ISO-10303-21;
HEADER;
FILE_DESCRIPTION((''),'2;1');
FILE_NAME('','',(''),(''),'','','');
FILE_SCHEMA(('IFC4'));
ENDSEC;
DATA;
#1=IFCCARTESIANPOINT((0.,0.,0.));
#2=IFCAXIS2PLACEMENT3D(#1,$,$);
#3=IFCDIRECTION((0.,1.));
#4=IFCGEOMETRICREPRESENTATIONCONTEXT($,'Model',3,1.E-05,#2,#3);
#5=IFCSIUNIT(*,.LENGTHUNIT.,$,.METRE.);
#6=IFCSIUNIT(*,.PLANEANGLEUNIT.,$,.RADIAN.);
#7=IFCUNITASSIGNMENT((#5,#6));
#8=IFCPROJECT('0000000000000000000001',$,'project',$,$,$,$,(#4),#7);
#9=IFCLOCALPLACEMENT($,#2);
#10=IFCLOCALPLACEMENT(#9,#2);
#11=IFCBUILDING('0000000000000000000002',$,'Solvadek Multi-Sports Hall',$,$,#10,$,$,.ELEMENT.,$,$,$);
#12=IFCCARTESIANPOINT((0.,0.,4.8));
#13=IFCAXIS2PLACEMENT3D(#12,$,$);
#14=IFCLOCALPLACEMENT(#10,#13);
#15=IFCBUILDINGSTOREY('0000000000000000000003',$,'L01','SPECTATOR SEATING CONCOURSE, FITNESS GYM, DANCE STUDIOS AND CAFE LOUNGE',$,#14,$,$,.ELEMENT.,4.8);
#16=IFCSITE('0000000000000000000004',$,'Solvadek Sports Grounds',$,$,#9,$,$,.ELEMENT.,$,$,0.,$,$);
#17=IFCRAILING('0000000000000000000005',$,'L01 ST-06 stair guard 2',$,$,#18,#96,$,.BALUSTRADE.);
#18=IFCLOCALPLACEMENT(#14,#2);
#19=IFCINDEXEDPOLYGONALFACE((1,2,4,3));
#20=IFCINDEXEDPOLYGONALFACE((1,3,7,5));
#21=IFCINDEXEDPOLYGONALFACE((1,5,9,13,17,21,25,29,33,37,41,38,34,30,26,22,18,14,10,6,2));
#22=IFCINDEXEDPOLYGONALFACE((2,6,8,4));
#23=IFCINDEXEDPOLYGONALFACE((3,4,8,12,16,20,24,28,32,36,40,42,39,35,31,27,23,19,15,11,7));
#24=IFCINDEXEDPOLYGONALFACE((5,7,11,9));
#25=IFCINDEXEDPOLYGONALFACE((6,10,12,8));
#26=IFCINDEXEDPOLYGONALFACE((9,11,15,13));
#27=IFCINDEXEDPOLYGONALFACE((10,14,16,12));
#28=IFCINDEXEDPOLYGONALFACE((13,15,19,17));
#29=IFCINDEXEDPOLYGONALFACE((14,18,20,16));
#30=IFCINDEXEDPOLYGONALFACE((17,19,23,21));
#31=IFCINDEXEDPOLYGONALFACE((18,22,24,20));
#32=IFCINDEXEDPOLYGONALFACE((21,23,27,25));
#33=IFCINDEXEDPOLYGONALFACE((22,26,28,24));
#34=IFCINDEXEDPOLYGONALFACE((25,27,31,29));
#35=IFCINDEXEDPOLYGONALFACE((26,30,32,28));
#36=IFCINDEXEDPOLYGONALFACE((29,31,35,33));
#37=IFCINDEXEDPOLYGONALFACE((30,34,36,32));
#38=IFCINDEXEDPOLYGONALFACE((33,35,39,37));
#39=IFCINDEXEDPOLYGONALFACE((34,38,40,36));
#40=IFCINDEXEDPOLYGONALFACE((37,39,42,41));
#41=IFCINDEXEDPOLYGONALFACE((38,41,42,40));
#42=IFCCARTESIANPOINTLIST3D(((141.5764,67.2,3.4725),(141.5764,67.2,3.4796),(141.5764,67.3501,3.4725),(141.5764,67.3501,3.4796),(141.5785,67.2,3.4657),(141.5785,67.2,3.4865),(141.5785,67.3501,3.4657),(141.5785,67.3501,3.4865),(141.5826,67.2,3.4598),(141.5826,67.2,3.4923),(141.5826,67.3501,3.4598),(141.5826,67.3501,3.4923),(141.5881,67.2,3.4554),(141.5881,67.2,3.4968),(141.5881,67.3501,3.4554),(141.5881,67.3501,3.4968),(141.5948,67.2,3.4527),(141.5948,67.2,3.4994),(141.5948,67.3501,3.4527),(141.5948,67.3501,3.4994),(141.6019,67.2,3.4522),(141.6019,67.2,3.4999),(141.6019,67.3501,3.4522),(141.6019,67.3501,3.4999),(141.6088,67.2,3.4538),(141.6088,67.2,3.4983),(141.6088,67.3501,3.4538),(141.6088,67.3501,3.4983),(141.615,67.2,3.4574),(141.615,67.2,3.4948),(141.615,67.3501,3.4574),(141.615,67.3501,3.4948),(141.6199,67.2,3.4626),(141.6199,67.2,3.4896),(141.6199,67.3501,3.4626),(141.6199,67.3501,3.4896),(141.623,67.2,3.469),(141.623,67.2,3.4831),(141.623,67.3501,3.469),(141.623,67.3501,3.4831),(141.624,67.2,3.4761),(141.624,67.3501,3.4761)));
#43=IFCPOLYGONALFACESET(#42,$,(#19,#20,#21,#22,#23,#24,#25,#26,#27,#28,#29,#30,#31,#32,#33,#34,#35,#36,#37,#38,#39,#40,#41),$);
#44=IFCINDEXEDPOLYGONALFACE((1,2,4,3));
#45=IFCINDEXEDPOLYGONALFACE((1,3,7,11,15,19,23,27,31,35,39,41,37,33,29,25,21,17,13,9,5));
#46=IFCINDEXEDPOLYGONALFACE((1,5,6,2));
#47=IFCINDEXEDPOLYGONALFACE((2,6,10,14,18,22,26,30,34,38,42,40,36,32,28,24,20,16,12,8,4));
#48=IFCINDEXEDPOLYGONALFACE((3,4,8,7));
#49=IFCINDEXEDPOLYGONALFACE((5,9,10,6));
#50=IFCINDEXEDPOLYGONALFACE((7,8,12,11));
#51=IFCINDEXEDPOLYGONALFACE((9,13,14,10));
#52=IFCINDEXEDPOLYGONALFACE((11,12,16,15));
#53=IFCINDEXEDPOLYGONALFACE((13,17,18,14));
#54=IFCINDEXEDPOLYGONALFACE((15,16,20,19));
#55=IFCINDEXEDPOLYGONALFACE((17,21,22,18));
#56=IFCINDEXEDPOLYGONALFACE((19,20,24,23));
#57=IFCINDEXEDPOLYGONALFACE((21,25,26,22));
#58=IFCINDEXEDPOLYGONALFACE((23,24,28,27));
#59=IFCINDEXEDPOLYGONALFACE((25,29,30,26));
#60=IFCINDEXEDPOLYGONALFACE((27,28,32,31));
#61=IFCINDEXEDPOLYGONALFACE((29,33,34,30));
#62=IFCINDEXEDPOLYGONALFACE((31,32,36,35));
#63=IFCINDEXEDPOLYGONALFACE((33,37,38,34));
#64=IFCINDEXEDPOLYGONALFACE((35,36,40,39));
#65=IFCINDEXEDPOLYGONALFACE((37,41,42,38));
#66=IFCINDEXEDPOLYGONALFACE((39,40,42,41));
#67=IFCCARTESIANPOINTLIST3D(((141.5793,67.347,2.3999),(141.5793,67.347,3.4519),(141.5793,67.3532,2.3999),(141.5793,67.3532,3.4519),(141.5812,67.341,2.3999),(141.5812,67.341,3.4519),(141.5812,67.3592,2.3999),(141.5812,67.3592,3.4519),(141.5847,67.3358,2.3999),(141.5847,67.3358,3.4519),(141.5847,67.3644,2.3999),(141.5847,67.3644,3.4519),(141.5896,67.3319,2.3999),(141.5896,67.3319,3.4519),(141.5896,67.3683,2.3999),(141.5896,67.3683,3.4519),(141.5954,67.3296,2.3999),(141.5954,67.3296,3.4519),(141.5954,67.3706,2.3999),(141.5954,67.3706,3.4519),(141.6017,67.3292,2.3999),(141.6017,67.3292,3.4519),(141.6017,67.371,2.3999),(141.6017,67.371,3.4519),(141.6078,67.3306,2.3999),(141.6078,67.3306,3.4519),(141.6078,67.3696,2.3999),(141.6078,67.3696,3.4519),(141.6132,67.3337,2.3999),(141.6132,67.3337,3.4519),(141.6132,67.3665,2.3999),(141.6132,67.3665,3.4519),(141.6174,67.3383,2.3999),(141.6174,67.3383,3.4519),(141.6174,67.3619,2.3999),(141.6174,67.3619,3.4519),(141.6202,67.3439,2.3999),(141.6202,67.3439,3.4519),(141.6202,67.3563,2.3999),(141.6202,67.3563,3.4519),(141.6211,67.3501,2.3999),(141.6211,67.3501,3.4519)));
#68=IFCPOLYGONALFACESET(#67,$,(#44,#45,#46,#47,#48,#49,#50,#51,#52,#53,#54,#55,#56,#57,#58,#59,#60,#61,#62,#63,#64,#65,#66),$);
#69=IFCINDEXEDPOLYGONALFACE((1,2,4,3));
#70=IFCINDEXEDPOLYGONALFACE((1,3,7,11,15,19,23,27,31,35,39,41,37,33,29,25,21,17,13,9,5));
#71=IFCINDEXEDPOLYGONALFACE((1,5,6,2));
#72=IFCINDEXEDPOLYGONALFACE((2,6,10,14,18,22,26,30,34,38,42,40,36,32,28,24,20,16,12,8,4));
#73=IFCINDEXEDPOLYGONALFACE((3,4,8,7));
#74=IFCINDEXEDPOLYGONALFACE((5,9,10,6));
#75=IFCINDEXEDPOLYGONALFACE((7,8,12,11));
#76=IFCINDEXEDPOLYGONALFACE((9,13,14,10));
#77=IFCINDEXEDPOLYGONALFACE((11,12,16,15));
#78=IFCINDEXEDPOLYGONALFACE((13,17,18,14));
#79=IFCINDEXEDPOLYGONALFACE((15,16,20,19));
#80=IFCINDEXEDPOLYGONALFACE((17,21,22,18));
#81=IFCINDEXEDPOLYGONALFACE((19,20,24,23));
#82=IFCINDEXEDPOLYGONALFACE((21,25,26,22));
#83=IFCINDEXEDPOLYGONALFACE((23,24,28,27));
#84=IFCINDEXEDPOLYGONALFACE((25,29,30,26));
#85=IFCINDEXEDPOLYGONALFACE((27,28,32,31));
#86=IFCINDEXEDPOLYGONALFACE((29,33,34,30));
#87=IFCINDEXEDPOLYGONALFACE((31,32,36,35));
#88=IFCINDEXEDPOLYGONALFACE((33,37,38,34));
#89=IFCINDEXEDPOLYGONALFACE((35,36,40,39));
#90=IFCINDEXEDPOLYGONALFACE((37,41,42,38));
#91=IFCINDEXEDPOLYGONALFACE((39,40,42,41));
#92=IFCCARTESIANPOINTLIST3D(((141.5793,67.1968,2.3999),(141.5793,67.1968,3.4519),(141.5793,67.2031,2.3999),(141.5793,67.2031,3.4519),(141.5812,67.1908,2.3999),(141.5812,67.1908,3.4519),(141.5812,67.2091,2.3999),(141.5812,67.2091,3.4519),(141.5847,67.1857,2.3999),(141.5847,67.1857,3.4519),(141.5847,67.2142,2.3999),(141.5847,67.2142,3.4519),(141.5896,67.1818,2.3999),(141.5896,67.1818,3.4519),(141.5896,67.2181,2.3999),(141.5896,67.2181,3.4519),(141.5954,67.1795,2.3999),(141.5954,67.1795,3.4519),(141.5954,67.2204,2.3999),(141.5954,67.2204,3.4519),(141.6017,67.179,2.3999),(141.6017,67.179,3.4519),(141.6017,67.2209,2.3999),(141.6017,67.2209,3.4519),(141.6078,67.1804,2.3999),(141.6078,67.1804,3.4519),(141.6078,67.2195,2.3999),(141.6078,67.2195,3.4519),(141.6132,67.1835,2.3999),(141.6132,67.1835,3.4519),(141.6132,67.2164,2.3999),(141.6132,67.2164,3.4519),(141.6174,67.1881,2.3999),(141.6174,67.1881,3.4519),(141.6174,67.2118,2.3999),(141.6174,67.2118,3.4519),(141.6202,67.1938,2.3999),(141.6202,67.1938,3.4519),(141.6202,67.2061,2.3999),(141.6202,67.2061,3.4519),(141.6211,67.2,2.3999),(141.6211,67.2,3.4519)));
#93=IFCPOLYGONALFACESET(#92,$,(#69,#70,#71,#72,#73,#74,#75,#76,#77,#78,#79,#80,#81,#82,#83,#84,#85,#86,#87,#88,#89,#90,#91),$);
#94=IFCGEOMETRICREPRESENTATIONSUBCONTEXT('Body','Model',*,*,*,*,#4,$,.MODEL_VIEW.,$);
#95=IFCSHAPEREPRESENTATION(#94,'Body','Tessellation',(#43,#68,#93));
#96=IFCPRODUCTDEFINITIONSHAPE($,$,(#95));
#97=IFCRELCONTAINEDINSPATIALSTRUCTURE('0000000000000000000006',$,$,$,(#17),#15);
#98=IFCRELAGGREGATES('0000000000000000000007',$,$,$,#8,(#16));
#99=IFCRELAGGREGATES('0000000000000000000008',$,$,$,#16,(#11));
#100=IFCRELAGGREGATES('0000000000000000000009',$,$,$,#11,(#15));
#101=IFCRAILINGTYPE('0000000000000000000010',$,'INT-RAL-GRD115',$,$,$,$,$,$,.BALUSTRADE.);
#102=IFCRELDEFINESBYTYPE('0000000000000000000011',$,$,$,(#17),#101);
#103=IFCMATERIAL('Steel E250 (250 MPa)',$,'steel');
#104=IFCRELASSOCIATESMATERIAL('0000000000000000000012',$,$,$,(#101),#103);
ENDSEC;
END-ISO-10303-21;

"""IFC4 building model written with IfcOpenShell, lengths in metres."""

from ifc_helpers import new_model, si_unit, direction, frame, origin, origin_2d, place, context, subcontext, project, spatial, circle, extrude, material, type_object, element, save


model = new_model("IFC4")

# Units and contexts
model_context = context("Model", 3, precision=1e-05, world=origin(), true_north=direction((0.0, 1.0)))
body_context = subcontext(model_context, "Body", "Model", "MODEL_VIEW")
ifc_project = project(units=[si_unit("LENGTHUNIT", "METRE"), si_unit("PLANEANGLEUNIT", "RADIAN")], contexts=[model_context])

# Site, building, storey
site_placement = place(None, origin())
site = spatial("IfcSite", under=ifc_project, at=site_placement, Name="Solvadek Sports Grounds", CompositionType="ELEMENT", RefElevation=0.0)
building_placement = place(site_placement, origin())
building = spatial("IfcBuilding", under=site, at=building_placement, Name="Solvadek Multi-Sports Hall", CompositionType="ELEMENT")
storey_placement = place(building_placement, frame((0.0, 0.0, 4.8)))
storey = spatial("IfcBuildingStorey", under=building, at=storey_placement, Name="L01", Description="SPECTATOR SEATING CONCOURSE, FITNESS GYM, DANCE STUDIOS AND CAFE LOUNGE", CompositionType="ELEMENT", Elevation=4.8)

# Shared definitions
ifc_material_1 = material(Name="Steel E250 (250 MPa)", Category="steel")

# Railing
railing_type_1 = type_object("IfcRailingType", Name="INT-RAL-GRD115", PredefinedType="BALUSTRADE", material=ifc_material_1)
railing_1_placement = place(storey_placement, frame((141.6001, 67.3501, 2.3999)))
element("IfcRailing", 1, at=railing_1_placement, inside=storey, type_object=railing_type_1, Name="L01 ST-06 stair guard 2", PredefinedType="BALUSTRADE", context=body_context, shape_type="SweptSolid", body=[
    extrude(circle(Radius=0.0239, at=origin_2d()), frame((0.0, 0.0, 1.0762), z_axis=(0.0, -1.0, 0.0), x_axis=(1.0, 0.0, 0.0)), (0.0, 0.0, 1.0), 0.1501),
    extrude(circle(Radius=0.021, at=origin_2d()), origin(), (0.0, 0.0, 1.0), 1.052),
    extrude(circle(Radius=0.021, at=origin_2d()), frame((0.0, -0.1501, 0.0)), (0.0, 0.0, 1.0), 1.052),
])

save(model, "model.ifc")
